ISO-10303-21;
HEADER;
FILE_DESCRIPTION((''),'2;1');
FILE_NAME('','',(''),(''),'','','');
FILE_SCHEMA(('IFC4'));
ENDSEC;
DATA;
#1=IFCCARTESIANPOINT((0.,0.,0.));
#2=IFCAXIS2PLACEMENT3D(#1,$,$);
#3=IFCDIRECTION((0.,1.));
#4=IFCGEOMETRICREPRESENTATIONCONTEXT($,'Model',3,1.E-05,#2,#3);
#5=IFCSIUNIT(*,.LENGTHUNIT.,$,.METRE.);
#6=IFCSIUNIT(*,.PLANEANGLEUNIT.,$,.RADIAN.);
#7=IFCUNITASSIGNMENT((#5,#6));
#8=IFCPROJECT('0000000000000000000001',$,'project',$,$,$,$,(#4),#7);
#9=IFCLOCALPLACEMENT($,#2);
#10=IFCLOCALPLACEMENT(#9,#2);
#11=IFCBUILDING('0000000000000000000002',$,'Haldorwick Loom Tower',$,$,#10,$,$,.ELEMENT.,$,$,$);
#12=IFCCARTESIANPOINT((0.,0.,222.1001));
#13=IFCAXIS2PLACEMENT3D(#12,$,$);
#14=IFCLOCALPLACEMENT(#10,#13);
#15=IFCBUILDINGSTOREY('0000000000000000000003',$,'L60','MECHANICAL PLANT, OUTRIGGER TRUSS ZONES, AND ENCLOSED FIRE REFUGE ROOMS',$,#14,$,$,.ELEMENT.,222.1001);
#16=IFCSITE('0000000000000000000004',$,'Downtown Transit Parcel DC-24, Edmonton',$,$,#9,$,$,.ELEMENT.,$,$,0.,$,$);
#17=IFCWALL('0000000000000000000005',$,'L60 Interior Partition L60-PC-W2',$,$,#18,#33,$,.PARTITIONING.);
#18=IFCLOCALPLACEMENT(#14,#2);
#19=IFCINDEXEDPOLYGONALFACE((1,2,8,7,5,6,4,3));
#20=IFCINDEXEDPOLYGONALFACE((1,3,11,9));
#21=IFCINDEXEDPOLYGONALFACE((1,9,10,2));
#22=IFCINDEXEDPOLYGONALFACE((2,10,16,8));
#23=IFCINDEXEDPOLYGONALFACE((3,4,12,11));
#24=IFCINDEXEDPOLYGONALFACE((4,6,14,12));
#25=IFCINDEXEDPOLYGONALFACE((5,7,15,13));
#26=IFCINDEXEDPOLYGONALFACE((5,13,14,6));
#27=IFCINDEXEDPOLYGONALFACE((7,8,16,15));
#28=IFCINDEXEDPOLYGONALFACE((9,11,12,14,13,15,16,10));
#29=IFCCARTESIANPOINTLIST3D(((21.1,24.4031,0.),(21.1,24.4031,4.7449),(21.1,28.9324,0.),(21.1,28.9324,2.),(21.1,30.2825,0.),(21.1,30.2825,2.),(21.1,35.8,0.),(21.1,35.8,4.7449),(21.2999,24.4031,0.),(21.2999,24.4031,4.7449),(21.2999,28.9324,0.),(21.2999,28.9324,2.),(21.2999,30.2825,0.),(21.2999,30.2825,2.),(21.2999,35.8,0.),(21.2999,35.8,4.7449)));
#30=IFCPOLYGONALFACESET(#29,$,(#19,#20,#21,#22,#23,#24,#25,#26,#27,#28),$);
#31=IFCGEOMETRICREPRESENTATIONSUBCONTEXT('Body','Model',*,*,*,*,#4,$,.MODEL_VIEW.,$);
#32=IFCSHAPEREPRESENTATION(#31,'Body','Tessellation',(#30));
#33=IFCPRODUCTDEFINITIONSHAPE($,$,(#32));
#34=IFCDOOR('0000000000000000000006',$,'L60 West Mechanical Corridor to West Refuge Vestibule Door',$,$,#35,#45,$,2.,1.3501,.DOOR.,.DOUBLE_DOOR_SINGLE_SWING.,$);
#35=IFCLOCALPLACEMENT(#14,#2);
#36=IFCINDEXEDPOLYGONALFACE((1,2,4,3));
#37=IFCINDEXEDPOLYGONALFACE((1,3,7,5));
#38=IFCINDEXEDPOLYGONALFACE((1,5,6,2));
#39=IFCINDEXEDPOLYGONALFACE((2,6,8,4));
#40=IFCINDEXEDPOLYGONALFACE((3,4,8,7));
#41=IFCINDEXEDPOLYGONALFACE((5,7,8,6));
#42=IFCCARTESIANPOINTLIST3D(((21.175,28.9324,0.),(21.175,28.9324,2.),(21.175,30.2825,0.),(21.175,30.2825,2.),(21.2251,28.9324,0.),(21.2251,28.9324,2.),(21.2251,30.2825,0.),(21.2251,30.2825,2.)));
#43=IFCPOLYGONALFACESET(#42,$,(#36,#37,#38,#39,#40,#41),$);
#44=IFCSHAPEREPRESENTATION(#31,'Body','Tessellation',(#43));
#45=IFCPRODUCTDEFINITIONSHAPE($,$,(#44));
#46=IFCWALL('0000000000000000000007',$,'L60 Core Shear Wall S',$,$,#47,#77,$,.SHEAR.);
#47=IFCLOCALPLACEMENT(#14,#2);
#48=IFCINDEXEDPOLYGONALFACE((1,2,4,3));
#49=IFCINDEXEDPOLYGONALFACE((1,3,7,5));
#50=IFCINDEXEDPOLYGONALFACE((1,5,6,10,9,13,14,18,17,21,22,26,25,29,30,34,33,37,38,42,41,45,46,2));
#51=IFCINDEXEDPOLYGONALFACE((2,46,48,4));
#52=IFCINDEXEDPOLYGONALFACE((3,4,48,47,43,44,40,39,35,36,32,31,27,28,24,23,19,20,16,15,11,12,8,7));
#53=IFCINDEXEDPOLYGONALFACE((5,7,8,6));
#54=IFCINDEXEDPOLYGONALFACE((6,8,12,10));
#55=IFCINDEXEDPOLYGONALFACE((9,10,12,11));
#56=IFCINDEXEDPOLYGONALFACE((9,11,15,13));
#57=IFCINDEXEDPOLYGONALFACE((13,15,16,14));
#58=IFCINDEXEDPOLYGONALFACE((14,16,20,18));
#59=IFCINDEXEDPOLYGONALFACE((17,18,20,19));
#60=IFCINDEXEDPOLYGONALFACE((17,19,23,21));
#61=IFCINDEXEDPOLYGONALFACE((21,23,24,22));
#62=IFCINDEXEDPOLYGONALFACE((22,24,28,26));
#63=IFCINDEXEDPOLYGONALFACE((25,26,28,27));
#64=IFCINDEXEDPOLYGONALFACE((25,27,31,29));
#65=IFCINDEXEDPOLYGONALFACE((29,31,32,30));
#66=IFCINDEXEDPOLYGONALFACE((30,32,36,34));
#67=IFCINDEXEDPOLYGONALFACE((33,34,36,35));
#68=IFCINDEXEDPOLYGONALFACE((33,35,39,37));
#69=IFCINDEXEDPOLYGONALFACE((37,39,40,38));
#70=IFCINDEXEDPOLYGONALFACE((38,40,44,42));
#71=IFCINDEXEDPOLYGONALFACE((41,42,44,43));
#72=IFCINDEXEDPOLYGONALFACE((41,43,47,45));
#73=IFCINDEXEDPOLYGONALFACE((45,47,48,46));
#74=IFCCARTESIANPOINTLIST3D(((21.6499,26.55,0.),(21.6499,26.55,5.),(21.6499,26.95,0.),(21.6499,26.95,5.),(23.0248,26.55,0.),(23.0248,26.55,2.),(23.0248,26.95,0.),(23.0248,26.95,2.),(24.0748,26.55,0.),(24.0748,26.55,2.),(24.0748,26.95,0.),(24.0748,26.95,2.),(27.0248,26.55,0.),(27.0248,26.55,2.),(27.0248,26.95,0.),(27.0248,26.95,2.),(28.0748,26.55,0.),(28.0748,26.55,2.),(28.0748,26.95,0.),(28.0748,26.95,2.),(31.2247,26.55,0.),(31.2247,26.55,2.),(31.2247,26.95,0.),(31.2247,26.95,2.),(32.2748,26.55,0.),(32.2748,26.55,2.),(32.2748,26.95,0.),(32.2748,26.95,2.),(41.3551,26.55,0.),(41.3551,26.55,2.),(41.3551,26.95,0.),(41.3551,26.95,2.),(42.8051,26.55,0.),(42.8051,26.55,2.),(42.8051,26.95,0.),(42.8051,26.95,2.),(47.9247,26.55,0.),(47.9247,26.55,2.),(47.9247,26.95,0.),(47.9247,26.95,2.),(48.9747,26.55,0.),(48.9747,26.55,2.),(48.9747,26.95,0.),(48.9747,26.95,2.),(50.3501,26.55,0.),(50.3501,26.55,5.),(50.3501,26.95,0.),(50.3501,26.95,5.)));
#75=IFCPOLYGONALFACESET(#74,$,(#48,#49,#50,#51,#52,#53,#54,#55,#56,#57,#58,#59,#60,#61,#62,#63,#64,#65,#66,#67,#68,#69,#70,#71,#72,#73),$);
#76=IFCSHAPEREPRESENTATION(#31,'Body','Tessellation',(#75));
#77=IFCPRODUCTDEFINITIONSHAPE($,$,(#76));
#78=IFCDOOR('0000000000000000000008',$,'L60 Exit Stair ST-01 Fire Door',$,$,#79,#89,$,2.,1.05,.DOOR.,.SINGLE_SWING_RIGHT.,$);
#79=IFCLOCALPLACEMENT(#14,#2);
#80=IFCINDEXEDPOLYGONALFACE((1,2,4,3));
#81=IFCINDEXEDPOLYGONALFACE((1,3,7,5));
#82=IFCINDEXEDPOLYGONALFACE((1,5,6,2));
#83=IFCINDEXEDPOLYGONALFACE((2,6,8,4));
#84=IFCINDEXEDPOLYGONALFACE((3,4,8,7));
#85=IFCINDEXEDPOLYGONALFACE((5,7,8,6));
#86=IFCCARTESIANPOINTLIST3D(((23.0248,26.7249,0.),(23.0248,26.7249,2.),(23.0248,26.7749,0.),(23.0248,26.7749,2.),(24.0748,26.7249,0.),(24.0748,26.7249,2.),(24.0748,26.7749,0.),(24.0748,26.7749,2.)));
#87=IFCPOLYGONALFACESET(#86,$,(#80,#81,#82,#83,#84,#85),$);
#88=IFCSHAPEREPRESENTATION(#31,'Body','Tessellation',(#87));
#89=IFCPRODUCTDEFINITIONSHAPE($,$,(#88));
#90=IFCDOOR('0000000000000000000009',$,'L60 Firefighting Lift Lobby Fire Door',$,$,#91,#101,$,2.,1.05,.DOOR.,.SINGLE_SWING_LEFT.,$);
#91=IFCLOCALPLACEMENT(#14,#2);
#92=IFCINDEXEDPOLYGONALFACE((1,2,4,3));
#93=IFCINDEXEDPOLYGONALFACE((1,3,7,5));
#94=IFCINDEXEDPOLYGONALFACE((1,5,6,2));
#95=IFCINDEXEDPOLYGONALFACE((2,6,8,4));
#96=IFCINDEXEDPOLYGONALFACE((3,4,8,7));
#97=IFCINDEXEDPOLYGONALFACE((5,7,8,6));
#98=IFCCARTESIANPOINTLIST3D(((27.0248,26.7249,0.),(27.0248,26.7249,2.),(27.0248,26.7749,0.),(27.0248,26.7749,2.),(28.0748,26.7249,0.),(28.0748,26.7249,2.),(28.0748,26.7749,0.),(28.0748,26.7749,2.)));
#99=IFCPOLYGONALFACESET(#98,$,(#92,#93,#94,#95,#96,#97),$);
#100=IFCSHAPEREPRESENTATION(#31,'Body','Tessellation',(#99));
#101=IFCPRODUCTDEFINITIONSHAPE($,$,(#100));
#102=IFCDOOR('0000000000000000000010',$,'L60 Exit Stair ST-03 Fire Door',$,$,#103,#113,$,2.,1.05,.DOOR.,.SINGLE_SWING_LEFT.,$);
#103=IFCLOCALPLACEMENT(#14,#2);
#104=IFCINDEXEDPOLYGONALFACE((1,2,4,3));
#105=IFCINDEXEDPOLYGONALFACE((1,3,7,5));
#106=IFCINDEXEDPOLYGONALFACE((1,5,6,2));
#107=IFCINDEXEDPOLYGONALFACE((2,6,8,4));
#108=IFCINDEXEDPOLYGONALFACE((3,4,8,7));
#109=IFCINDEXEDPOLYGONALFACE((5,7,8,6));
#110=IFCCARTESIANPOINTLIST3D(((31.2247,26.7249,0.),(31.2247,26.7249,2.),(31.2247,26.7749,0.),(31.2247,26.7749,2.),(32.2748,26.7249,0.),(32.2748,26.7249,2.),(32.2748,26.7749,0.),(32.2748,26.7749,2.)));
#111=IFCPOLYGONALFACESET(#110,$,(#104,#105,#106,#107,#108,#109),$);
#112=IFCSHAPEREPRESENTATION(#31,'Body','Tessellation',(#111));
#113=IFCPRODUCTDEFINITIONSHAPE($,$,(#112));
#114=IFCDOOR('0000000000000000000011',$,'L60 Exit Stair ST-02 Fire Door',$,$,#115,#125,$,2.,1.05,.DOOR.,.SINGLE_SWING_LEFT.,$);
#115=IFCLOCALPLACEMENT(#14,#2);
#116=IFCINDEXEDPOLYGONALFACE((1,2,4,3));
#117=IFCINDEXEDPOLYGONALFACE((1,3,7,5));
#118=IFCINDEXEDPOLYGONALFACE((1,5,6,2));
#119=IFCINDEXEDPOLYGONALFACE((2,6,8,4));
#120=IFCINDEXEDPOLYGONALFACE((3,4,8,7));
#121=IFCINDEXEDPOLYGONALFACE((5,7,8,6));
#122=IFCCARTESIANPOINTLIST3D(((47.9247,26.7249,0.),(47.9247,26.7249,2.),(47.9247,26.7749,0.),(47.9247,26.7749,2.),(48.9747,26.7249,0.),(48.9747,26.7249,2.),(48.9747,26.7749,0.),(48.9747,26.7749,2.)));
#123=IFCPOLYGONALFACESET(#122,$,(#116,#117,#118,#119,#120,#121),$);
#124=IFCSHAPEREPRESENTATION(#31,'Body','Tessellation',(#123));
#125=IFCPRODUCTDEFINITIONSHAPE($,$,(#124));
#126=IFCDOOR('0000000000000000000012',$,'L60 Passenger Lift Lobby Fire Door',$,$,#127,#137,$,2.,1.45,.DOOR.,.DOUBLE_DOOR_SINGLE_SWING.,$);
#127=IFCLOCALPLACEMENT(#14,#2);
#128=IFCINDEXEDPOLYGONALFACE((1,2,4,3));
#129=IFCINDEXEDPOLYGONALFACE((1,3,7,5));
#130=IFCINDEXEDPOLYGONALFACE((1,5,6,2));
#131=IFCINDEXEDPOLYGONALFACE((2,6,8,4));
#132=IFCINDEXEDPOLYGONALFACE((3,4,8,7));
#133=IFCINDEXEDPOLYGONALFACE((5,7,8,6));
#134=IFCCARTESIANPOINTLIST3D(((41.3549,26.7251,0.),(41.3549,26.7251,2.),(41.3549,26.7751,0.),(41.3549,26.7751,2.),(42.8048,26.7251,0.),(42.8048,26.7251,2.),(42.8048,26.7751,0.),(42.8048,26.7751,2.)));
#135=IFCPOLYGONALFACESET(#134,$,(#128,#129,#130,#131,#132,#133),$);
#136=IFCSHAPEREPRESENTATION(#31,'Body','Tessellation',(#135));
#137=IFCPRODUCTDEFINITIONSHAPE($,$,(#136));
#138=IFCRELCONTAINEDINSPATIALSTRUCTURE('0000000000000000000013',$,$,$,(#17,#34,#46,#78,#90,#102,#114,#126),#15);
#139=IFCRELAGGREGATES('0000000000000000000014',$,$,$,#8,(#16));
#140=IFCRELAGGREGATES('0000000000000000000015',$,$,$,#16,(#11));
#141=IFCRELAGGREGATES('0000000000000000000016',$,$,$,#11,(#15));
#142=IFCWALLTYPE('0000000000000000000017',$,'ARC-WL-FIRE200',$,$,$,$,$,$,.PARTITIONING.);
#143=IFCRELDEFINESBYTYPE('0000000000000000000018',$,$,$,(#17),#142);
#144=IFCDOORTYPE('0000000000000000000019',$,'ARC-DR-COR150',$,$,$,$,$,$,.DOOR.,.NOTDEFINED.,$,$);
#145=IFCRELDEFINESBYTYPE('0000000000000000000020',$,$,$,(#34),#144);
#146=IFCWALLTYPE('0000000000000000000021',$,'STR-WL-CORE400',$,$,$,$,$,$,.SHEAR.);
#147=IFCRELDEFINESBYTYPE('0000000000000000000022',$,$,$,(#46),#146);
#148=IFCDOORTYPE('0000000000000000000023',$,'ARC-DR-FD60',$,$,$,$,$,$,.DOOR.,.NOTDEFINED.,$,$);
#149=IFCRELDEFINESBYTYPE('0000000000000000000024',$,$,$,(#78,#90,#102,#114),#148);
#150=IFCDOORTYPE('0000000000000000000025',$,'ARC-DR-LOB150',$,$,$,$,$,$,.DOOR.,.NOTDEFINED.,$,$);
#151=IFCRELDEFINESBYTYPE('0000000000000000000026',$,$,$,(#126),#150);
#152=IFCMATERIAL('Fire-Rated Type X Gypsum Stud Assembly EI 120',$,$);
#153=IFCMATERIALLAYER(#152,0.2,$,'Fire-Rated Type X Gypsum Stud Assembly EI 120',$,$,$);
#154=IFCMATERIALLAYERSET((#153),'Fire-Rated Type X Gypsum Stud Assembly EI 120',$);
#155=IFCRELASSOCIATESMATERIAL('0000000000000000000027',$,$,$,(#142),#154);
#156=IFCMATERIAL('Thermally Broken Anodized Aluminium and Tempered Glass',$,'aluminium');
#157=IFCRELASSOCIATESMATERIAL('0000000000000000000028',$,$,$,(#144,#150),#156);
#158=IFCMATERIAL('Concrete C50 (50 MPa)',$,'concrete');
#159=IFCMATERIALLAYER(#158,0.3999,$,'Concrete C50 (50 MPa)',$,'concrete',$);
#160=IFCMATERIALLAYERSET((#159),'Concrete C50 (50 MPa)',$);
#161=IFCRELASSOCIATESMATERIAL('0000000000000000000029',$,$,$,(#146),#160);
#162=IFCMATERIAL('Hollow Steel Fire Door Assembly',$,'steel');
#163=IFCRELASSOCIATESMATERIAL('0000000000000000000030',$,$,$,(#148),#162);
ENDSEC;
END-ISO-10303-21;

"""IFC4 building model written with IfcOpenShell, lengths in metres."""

from ifc_helpers import new_model, si_unit, direction, frame, frame_2d, origin, place, context, subcontext, project, spatial, rectangle, extrude, material, layer, layer_set, type_object, element, fill, save


model = new_model("IFC4")

# Units and contexts
model_context = context("Model", 3, precision=1e-05, world=origin(), true_north=direction((0.0, 1.0)))
body_context = subcontext(model_context, "Body", "Model", "MODEL_VIEW")
ifc_project = project(units=[si_unit("LENGTHUNIT", "METRE"), si_unit("PLANEANGLEUNIT", "RADIAN")], contexts=[model_context])

# Site, building, storey
site_placement = place(None, origin())
site = spatial("IfcSite", under=ifc_project, at=site_placement, Name="Downtown Transit Parcel DC-24, Edmonton", CompositionType="ELEMENT", RefElevation=0.0)
building_placement = place(site_placement, origin())
building = spatial("IfcBuilding", under=site, at=building_placement, Name="Haldorwick Loom Tower", CompositionType="ELEMENT")
storey_placement = place(building_placement, frame((0.0, 0.0, 222.1001)))
storey = spatial("IfcBuildingStorey", under=building, at=storey_placement, Name="L60", Description="MECHANICAL PLANT, OUTRIGGER TRUSS ZONES, AND ENCLOSED FIRE REFUGE ROOMS", CompositionType="ELEMENT", Elevation=222.1001)

# Shared definitions
ifc_material_1 = material(Name="Concrete C50 (50 MPa)", Category="concrete")

# Shared definitions
ifc_material_2 = material(Name="Fire-Rated Type X Gypsum Stud Assembly EI 120")
ifc_layer_1 = layer(ifc_material_2, 0.2, Name="Fire-Rated Type X Gypsum Stud Assembly EI 120")
ifc_layer_set_1 = layer_set([ifc_layer_1], Name="Fire-Rated Type X Gypsum Stud Assembly EI 120")
wall_type_1 = type_object("IfcWallType", Name="ARC-WL-FIRE200", PredefinedType="PARTITIONING", material=ifc_layer_set_1)
ifc_material_3 = material(Name="Hollow Steel Fire Door Assembly", Category="steel")

# Wall, opening, door
wall_1_placement = place(storey_placement, frame((21.2, 24.4031, 0.0), z_axis=(0.0, 0.0, 1.0), x_axis=(0.0, 1.0, 0.0)))
wall_1 = element("IfcWall", 1, at=wall_1_placement, inside=storey, type_object=wall_type_1, Name="L60 Interior Partition L60-PC-W2", PredefinedType="PARTITIONING", context=body_context, shape_type="SweptSolid", body=[
    extrude(rectangle(XDim=11.397, YDim=0.2, at=frame_2d((5.6985, 0.0))), origin(), (0.0, 0.0, 1.0), 4.7449),
])
opening_1_placement = place(wall_1_placement, frame((4.5293, 0.0, 0.0)))
opening_1 = element("IfcOpeningElement", 2, at=opening_1_placement, cuts=wall_1, PredefinedType="OPENING", context=body_context, shape_type="SweptSolid", body=[
    extrude(rectangle(XDim=1.3501, YDim=2.0, at=frame_2d((0.675, 1.0))), frame((0.0, 0.1099, 0.0), z_axis=(0.0, -1.0, 0.0), x_axis=(1.0, 0.0, 0.0)), (0.0, 0.0, 1.0), 0.22),
])
ifc_material_4 = material(Name="Thermally Broken Anodized Aluminium and Tempered Glass", Category="aluminium")
door_type_1 = type_object("IfcDoorType", Name="ARC-DR-COR150", OperationType="NOTDEFINED", PredefinedType="DOOR", material=ifc_material_4)
door_1_placement = place(opening_1_placement, origin())
door_1 = element("IfcDoor", 3, at=door_1_placement, inside=storey, type_object=door_type_1, Name="L60 West Mechanical Corridor to West Refuge Vestibule Door", OperationType="DOUBLE_DOOR_SINGLE_SWING", OverallHeight=2.0, OverallWidth=1.3501, PredefinedType="DOOR", context=body_context, shape_type="SweptSolid", body=[
    extrude(rectangle(XDim=1.3501, YDim=2.0, at=frame_2d((0.675, 1.0))), frame((0.0, 0.0249, 0.0), z_axis=(0.0, -1.0, 0.0), x_axis=(1.0, 0.0, 0.0)), (0.0, 0.0, 1.0), 0.05),
])
fill(opening_1, door_1)

# Wall, openings, doors
ifc_layer_2 = layer(ifc_material_1, 0.3999, Name="Concrete C50 (50 MPa)", Category="concrete")
ifc_layer_set_2 = layer_set([ifc_layer_2], Name="Concrete C50 (50 MPa)")
wall_type_2 = type_object("IfcWallType", Name="STR-WL-CORE400", PredefinedType="SHEAR", material=ifc_layer_set_2)
wall_2_placement = place(storey_placement, frame((21.6499, 26.75, 0.0), z_axis=(0.0, 0.0, 1.0), x_axis=(1.0, 0.0, 0.0)))
wall_2 = element("IfcWall", 4, at=wall_2_placement, inside=storey, type_object=wall_type_2, Name="L60 Core Shear Wall S", PredefinedType="SHEAR", context=body_context, shape_type="SweptSolid", body=[
    extrude(rectangle(XDim=28.7002, YDim=0.3999, at=frame_2d((14.3501, 0.0))), origin(), (0.0, 0.0, 1.0), 5.0),
])
opening_2_placement = place(wall_2_placement, frame((1.375, 0.0, 0.0)))
opening_2 = element("IfcOpeningElement", 5, at=opening_2_placement, cuts=wall_2, PredefinedType="OPENING", context=body_context, shape_type="SweptSolid", body=[
    extrude(rectangle(XDim=1.05, YDim=2.0, at=frame_2d((0.5249, 1.0))), frame((0.0, 0.21, 0.0), z_axis=(0.0, -1.0, 0.0), x_axis=(1.0, 0.0, 0.0)), (0.0, 0.0, 1.0), 0.4199),
])
opening_3_placement = place(wall_2_placement, frame((5.375, 0.0, 0.0)))
opening_3 = element("IfcOpeningElement", 6, at=opening_3_placement, cuts=wall_2, PredefinedType="OPENING", context=body_context, shape_type="SweptSolid", body=[
    extrude(rectangle(XDim=1.05, YDim=2.0, at=frame_2d((0.5249, 1.0))), frame((0.0, 0.21, 0.0), z_axis=(0.0, -1.0, 0.0), x_axis=(1.0, 0.0, 0.0)), (0.0, 0.0, 1.0), 0.4199),
])
opening_4_placement = place(wall_2_placement, frame((9.575, 0.0, 0.0)))
opening_4 = element("IfcOpeningElement", 7, at=opening_4_placement, cuts=wall_2, PredefinedType="OPENING", context=body_context, shape_type="SweptSolid", body=[
    extrude(rectangle(XDim=1.05, YDim=2.0, at=frame_2d((0.5249, 1.0))), frame((0.0, 0.21, 0.0), z_axis=(0.0, -1.0, 0.0), x_axis=(1.0, 0.0, 0.0)), (0.0, 0.0, 1.0), 0.4199),
])
opening_5_placement = place(wall_2_placement, frame((19.7051, 0.0, 0.0)))
opening_5 = element("IfcOpeningElement", 8, at=opening_5_placement, cuts=wall_2, PredefinedType="OPENING", context=body_context, shape_type="SweptSolid", body=[
    extrude(rectangle(XDim=1.45, YDim=2.0, at=frame_2d((0.7251, 1.0))), frame((0.0, 0.21, 0.0), z_axis=(0.0, -1.0, 0.0), x_axis=(1.0, 0.0, 0.0)), (0.0, 0.0, 1.0), 0.4199),
])
opening_6_placement = place(wall_2_placement, frame((26.2749, 0.0, 0.0)))
opening_6 = element("IfcOpeningElement", 9, at=opening_6_placement, cuts=wall_2, PredefinedType="OPENING", context=body_context, shape_type="SweptSolid", body=[
    extrude(rectangle(XDim=1.05, YDim=2.0, at=frame_2d((0.5249, 1.0))), frame((0.0, 0.21, 0.0), z_axis=(0.0, -1.0, 0.0), x_axis=(1.0, 0.0, 0.0)), (0.0, 0.0, 1.0), 0.4199),
])
door_type_2 = type_object("IfcDoorType", Name="ARC-DR-FD60", OperationType="NOTDEFINED", PredefinedType="DOOR", material=ifc_material_3)
door_2_placement = place(opening_2_placement, origin())
door_2 = element("IfcDoor", 10, at=door_2_placement, inside=storey, type_object=door_type_2, Name="L60 Exit Stair ST-01 Fire Door", OperationType="SINGLE_SWING_RIGHT", OverallHeight=2.0, OverallWidth=1.05, PredefinedType="DOOR", context=body_context, shape_type="SweptSolid", body=[
    extrude(rectangle(XDim=1.05, YDim=2.0, at=frame_2d((0.5249, 1.0))), frame((0.0, 0.0249, 0.0), z_axis=(0.0, -1.0, 0.0), x_axis=(1.0, 0.0, 0.0)), (0.0, 0.0, 1.0), 0.05),
])
fill(opening_2, door_2)
door_3_placement = place(opening_3_placement, origin())
door_3 = element("IfcDoor", 11, at=door_3_placement, inside=storey, type_object=door_type_2, Name="L60 Firefighting Lift Lobby Fire Door", OperationType="SINGLE_SWING_LEFT", OverallHeight=2.0, OverallWidth=1.05, PredefinedType="DOOR", context=body_context, shape_type="SweptSolid", body=[
    extrude(rectangle(XDim=1.05, YDim=2.0, at=frame_2d((0.5249, 1.0))), frame((0.0, 0.0249, 0.0), z_axis=(0.0, -1.0, 0.0), x_axis=(1.0, 0.0, 0.0)), (0.0, 0.0, 1.0), 0.05),
])
fill(opening_3, door_3)
door_4_placement = place(opening_4_placement, origin())
door_4 = element("IfcDoor", 12, at=door_4_placement, inside=storey, type_object=door_type_2, Name="L60 Exit Stair ST-03 Fire Door", OperationType="SINGLE_SWING_LEFT", OverallHeight=2.0, OverallWidth=1.05, PredefinedType="DOOR", context=body_context, shape_type="SweptSolid", body=[
    extrude(rectangle(XDim=1.05, YDim=2.0, at=frame_2d((0.5249, 1.0))), frame((0.0, 0.0249, 0.0), z_axis=(0.0, -1.0, 0.0), x_axis=(1.0, 0.0, 0.0)), (0.0, 0.0, 1.0), 0.05),
])
fill(opening_4, door_4)
door_5_placement = place(opening_6_placement, origin())
door_5 = element("IfcDoor", 13, at=door_5_placement, inside=storey, type_object=door_type_2, Name="L60 Exit Stair ST-02 Fire Door", OperationType="SINGLE_SWING_LEFT", OverallHeight=2.0, OverallWidth=1.05, PredefinedType="DOOR", context=body_context, shape_type="SweptSolid", body=[
    extrude(rectangle(XDim=1.05, YDim=2.0, at=frame_2d((0.5249, 1.0))), frame((0.0, 0.0249, 0.0), z_axis=(0.0, -1.0, 0.0), x_axis=(1.0, 0.0, 0.0)), (0.0, 0.0, 1.0), 0.05),
])
fill(opening_6, door_5)
door_type_3 = type_object("IfcDoorType", Name="ARC-DR-LOB150", OperationType="NOTDEFINED", PredefinedType="DOOR", material=ifc_material_4)
door_6_placement = place(opening_5_placement, frame((1.45, 0.0, 0.0), z_axis=(0.0, 0.0, 1.0), x_axis=(-1.0, 0.0, 0.0)))
door_6 = element("IfcDoor", 14, at=door_6_placement, inside=storey, type_object=door_type_3, Name="L60 Passenger Lift Lobby Fire Door", OperationType="DOUBLE_DOOR_SINGLE_SWING", OverallHeight=2.0, OverallWidth=1.45, PredefinedType="DOOR", context=body_context, shape_type="SweptSolid", body=[
    extrude(rectangle(XDim=1.45, YDim=2.0, at=frame_2d((0.7251, 1.0))), frame((0.0, 0.0249, 0.0), z_axis=(0.0, -1.0, 0.0), x_axis=(1.0, 0.0, 0.0)), (0.0, 0.0, 1.0), 0.05),
])
fill(opening_5, door_6)

save(model, "model.ifc")
